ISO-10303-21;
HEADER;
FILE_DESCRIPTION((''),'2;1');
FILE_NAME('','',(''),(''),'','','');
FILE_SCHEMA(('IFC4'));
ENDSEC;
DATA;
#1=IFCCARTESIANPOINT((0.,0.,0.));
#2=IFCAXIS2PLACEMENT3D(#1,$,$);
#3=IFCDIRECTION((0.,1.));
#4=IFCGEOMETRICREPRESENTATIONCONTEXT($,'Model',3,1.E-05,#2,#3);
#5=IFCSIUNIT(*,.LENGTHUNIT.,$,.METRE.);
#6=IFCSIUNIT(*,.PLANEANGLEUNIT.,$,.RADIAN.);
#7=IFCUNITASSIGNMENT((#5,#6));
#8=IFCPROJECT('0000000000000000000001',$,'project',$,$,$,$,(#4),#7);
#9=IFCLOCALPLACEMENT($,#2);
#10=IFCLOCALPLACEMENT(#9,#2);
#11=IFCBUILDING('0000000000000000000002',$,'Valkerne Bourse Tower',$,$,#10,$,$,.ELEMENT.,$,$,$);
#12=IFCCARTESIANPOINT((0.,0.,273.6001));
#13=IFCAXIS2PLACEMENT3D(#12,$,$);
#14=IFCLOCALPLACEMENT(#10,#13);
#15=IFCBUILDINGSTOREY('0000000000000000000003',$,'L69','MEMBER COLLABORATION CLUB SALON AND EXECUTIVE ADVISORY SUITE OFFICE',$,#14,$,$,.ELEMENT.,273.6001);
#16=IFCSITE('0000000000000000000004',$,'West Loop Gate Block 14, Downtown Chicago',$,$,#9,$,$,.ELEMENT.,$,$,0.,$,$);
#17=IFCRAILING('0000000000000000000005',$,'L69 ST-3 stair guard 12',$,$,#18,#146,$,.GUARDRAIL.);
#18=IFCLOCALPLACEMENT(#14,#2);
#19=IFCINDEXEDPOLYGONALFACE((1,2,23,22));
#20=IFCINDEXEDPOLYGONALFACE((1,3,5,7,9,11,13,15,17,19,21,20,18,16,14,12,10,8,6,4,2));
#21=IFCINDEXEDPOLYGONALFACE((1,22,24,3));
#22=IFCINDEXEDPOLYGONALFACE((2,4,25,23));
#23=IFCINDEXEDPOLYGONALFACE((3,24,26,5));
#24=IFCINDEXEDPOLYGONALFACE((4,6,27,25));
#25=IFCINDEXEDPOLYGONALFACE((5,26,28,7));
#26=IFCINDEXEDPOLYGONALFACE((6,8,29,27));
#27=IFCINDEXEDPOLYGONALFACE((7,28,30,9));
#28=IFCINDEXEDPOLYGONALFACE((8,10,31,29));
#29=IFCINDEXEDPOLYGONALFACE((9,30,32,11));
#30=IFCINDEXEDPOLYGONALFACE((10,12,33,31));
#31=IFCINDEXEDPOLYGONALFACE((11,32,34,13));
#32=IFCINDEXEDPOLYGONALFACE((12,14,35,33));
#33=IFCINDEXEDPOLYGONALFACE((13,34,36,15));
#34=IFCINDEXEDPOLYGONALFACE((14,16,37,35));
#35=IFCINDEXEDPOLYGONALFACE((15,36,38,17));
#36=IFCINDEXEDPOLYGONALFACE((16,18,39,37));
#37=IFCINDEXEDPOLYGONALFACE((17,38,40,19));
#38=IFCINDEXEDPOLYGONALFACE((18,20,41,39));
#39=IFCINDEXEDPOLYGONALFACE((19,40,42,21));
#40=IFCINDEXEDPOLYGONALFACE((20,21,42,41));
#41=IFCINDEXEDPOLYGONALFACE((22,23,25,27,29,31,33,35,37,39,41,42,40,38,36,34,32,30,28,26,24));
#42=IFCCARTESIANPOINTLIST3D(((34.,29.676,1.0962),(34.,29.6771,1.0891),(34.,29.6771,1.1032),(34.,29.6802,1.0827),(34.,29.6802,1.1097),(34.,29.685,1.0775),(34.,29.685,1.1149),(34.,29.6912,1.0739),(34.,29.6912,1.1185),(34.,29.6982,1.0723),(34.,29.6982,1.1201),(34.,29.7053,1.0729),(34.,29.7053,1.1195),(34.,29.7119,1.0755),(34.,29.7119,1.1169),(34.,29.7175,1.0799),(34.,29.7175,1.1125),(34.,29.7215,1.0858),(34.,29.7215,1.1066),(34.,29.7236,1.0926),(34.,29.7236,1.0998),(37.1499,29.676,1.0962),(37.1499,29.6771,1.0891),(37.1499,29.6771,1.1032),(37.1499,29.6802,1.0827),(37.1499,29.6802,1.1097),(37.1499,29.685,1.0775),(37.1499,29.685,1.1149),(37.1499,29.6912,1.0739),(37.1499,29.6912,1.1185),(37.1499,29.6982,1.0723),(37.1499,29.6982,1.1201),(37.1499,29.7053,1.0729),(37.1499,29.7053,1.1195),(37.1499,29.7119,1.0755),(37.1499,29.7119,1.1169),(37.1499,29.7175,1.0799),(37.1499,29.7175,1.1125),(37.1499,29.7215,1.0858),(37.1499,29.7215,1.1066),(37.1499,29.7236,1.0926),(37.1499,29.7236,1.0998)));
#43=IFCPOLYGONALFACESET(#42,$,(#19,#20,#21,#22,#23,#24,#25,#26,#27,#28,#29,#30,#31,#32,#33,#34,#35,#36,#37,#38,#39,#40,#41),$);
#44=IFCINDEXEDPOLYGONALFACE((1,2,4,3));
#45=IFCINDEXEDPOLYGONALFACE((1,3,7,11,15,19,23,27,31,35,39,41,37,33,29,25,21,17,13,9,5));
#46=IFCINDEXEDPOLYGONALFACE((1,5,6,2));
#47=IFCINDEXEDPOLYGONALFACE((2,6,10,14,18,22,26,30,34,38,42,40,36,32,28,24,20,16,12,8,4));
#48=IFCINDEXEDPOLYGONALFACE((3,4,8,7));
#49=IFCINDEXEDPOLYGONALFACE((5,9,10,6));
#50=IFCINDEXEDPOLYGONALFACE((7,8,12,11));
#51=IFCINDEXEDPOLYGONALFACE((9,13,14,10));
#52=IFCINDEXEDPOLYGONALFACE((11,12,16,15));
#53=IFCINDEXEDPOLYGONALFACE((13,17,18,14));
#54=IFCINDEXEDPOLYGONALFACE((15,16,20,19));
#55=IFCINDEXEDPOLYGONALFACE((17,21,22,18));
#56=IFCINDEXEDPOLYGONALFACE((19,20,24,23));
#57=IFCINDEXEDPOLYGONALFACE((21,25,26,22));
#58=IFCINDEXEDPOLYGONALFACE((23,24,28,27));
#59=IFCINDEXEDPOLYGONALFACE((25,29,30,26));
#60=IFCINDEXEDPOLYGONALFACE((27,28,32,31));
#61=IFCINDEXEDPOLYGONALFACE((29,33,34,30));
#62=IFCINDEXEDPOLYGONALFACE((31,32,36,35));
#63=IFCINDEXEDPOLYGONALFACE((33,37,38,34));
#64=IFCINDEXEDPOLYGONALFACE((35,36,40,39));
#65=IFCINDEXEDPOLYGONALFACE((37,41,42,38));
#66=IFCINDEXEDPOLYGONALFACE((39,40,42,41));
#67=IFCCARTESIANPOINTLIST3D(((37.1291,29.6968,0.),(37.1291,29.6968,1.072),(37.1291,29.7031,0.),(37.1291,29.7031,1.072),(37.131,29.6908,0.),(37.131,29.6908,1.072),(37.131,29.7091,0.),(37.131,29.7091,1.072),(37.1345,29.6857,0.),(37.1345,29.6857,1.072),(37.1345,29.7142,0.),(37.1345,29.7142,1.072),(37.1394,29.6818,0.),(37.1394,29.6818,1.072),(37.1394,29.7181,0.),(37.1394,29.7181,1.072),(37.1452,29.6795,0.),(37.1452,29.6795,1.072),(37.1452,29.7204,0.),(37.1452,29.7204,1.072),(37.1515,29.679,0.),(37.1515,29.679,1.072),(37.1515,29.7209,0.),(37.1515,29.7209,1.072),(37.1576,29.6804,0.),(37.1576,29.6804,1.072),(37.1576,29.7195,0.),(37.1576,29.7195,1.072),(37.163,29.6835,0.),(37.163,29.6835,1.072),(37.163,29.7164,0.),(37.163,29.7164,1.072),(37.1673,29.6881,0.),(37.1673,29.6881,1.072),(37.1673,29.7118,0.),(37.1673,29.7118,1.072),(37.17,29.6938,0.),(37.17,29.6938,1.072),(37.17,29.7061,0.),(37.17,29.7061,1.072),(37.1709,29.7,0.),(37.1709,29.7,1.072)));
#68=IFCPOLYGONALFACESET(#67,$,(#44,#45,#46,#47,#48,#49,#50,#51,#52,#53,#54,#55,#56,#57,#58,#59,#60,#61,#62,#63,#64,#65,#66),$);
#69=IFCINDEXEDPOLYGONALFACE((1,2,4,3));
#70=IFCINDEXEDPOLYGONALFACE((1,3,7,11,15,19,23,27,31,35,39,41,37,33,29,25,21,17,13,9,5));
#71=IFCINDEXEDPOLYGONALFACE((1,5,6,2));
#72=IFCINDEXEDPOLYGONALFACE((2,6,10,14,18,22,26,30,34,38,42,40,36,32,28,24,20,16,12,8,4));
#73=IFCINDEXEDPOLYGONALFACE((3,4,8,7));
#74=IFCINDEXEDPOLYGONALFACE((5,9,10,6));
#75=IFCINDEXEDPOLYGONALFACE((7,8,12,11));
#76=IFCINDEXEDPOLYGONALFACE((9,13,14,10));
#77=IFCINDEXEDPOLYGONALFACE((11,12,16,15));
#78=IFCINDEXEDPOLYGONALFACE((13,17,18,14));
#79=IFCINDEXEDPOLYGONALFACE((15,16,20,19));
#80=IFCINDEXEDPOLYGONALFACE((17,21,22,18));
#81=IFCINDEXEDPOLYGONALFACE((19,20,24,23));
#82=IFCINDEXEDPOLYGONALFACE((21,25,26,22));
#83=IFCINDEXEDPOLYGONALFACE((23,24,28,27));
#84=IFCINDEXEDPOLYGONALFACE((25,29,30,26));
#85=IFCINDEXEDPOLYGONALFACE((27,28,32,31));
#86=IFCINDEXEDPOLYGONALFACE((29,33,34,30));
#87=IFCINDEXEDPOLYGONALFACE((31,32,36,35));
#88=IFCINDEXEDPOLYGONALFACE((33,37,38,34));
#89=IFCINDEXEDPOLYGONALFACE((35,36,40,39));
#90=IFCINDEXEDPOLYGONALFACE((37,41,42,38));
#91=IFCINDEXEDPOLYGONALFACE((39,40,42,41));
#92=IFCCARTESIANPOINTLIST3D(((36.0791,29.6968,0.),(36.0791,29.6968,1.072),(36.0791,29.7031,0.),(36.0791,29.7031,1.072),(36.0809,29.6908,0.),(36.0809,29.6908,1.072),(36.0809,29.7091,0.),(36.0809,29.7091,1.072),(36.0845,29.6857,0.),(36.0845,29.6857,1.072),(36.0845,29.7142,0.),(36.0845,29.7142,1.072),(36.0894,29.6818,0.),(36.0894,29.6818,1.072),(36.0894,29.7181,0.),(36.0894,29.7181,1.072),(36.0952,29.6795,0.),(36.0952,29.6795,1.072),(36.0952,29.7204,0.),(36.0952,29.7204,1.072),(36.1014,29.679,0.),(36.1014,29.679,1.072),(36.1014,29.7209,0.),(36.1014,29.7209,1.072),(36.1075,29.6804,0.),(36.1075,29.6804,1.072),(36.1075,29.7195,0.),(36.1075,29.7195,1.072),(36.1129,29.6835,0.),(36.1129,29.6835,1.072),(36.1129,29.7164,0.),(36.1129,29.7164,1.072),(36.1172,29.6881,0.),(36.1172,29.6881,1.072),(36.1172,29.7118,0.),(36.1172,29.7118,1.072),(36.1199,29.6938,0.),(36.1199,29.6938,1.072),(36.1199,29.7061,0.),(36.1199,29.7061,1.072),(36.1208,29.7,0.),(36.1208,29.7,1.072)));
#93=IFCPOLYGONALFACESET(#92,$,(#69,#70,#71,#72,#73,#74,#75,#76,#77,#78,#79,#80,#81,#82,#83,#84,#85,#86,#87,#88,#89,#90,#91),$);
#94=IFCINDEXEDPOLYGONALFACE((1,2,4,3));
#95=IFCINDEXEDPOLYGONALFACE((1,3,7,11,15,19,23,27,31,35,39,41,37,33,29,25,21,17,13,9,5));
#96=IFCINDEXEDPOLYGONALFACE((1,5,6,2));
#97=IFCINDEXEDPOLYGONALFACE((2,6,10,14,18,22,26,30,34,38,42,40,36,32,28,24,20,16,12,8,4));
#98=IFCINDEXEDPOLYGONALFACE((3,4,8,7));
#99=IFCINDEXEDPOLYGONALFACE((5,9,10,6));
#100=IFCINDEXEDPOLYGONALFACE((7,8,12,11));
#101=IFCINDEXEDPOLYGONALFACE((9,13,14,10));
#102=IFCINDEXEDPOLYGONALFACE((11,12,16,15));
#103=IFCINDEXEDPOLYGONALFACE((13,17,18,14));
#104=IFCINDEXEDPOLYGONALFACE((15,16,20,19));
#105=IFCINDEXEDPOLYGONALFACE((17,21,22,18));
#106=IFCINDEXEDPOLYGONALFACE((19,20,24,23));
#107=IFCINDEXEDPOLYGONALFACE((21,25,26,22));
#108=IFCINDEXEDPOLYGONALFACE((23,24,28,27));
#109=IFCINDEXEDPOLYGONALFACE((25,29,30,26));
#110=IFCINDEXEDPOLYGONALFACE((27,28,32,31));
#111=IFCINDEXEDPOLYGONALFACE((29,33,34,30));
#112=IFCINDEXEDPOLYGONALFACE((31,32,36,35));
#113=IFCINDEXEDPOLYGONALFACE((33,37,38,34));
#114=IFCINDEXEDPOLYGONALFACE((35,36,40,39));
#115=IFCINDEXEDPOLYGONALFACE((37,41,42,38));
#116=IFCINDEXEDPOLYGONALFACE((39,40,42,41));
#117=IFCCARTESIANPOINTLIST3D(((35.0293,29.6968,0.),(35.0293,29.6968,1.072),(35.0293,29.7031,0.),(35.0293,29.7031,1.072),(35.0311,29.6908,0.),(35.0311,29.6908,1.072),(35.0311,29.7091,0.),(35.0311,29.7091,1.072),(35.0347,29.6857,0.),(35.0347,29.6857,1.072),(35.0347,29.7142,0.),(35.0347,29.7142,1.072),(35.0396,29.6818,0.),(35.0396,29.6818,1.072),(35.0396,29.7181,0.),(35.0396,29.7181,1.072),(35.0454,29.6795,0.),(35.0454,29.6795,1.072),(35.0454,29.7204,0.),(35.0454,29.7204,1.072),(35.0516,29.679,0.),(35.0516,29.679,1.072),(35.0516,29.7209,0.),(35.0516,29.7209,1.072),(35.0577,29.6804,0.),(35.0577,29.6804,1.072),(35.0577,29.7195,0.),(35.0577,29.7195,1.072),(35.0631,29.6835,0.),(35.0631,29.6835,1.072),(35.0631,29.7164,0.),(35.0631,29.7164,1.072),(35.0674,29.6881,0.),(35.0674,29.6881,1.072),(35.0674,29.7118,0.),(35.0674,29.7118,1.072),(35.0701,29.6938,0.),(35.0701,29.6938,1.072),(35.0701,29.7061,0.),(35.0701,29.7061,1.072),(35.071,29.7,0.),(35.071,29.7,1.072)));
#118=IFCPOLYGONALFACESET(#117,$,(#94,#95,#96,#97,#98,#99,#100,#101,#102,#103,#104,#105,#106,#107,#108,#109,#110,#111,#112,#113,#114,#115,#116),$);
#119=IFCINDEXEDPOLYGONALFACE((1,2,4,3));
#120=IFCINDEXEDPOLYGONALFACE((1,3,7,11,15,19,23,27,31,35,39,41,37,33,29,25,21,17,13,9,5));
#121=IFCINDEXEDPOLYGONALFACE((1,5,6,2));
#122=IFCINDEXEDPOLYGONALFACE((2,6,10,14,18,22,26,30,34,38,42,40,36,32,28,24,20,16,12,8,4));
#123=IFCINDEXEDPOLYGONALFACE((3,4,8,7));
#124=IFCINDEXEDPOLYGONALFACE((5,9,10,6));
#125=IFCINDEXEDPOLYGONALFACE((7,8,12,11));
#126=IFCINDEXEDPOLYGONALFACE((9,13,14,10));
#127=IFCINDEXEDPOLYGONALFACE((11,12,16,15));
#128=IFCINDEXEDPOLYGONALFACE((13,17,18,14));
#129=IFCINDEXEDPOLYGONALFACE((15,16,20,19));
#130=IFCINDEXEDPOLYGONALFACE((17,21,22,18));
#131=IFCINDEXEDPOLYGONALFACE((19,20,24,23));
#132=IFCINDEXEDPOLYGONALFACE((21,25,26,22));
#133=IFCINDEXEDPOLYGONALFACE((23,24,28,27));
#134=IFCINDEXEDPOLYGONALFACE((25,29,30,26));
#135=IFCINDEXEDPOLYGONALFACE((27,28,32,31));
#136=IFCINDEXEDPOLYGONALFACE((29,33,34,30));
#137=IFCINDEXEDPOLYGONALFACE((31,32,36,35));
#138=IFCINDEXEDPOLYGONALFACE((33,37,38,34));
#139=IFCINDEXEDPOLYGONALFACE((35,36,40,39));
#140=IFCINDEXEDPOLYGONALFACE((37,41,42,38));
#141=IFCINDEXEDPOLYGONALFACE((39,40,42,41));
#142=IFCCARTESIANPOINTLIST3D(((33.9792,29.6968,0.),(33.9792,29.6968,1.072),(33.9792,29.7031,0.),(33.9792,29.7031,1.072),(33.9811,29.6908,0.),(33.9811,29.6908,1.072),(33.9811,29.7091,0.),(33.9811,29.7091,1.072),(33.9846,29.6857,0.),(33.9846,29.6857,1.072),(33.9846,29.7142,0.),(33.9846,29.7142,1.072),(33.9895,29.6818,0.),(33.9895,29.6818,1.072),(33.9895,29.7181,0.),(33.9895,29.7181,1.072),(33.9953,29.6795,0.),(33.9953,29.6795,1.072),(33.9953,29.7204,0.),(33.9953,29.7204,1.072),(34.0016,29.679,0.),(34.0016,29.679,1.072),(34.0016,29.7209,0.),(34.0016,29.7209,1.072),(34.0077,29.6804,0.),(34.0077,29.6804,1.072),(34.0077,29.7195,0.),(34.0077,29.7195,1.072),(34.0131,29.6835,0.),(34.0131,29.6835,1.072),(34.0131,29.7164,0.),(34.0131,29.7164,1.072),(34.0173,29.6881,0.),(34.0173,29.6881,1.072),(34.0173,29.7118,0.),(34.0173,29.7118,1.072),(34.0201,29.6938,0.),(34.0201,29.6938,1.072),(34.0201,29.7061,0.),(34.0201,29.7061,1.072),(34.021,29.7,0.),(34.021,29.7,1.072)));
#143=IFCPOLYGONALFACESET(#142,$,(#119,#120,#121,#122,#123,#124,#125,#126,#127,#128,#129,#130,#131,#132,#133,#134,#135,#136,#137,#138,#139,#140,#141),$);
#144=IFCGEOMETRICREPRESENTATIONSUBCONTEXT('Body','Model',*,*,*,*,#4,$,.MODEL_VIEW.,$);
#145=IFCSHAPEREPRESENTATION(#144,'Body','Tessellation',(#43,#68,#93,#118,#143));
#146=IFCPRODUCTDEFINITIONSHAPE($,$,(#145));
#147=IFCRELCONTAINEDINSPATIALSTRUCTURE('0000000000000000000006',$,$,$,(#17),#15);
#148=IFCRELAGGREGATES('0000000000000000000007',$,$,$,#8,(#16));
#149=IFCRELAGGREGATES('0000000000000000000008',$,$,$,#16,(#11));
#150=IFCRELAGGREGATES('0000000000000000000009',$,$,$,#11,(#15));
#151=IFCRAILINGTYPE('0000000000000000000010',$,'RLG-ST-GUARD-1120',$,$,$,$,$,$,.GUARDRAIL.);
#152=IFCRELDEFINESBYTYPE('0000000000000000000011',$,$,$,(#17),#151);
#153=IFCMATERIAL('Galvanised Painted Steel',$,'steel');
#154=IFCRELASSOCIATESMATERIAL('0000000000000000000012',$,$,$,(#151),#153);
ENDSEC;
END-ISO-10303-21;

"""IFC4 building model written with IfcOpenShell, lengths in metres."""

from ifc_helpers import new_model, si_unit, direction, frame, origin, origin_2d, place, context, subcontext, project, spatial, circle, extrude, material, type_object, element, save


model = new_model("IFC4")

# Units and contexts
model_context = context("Model", 3, precision=1e-05, world=origin(), true_north=direction((0.0, 1.0)))
body_context = subcontext(model_context, "Body", "Model", "MODEL_VIEW")
ifc_project = project(units=[si_unit("LENGTHUNIT", "METRE"), si_unit("PLANEANGLEUNIT", "RADIAN")], contexts=[model_context])

# Site, building, storey
site_placement = place(None, origin())
site = spatial("IfcSite", under=ifc_project, at=site_placement, Name="West Loop Gate Block 14, Downtown Chicago", CompositionType="ELEMENT", RefElevation=0.0)
building_placement = place(site_placement, origin())
building = spatial("IfcBuilding", under=site, at=building_placement, Name="Valkerne Bourse Tower", CompositionType="ELEMENT")
storey_placement = place(building_placement, frame((0.0, 0.0, 273.6001)))
storey = spatial("IfcBuildingStorey", under=building, at=storey_placement, Name="L69", Description="MEMBER COLLABORATION CLUB SALON AND EXECUTIVE ADVISORY SUITE OFFICE", CompositionType="ELEMENT", Elevation=273.6001)

# Railing
ifc_material_1 = material(Name="Galvanised Painted Steel", Category="steel")
railing_type_1 = type_object("IfcRailingType", Name="RLG-ST-GUARD-1120", PredefinedType="GUARDRAIL", material=ifc_material_1)
railing_1_placement = place(storey_placement, frame((37.1499, 29.7, 0.0)))
element("IfcRailing", 1, at=railing_1_placement, inside=storey, type_object=railing_type_1, Name="L69 ST-3 stair guard 12", PredefinedType="GUARDRAIL", context=body_context, shape_type="SweptSolid", body=[
    extrude(circle(Radius=0.0239, at=origin_2d()), frame((0.0, 0.0, 1.0962), z_axis=(-1.0, 0.0, 0.0), x_axis=(0.0, -1.0, 0.0)), (0.0, 0.0, 1.0), 3.1499),
    extrude(circle(Radius=0.021, at=origin_2d()), origin(), (0.0, 0.0, 1.0), 1.072),
    extrude(circle(Radius=0.021, at=origin_2d()), frame((-1.05, 0.0, 0.0)), (0.0, 0.0, 1.0), 1.072),
    extrude(circle(Radius=0.021, at=origin_2d()), frame((-2.0999, 0.0, 0.0)), (0.0, 0.0, 1.0), 1.072),
    extrude(circle(Radius=0.021, at=origin_2d()), frame((-3.1499, 0.0, 0.0)), (0.0, 0.0, 1.0), 1.072),
])

save(model, "model.ifc")
